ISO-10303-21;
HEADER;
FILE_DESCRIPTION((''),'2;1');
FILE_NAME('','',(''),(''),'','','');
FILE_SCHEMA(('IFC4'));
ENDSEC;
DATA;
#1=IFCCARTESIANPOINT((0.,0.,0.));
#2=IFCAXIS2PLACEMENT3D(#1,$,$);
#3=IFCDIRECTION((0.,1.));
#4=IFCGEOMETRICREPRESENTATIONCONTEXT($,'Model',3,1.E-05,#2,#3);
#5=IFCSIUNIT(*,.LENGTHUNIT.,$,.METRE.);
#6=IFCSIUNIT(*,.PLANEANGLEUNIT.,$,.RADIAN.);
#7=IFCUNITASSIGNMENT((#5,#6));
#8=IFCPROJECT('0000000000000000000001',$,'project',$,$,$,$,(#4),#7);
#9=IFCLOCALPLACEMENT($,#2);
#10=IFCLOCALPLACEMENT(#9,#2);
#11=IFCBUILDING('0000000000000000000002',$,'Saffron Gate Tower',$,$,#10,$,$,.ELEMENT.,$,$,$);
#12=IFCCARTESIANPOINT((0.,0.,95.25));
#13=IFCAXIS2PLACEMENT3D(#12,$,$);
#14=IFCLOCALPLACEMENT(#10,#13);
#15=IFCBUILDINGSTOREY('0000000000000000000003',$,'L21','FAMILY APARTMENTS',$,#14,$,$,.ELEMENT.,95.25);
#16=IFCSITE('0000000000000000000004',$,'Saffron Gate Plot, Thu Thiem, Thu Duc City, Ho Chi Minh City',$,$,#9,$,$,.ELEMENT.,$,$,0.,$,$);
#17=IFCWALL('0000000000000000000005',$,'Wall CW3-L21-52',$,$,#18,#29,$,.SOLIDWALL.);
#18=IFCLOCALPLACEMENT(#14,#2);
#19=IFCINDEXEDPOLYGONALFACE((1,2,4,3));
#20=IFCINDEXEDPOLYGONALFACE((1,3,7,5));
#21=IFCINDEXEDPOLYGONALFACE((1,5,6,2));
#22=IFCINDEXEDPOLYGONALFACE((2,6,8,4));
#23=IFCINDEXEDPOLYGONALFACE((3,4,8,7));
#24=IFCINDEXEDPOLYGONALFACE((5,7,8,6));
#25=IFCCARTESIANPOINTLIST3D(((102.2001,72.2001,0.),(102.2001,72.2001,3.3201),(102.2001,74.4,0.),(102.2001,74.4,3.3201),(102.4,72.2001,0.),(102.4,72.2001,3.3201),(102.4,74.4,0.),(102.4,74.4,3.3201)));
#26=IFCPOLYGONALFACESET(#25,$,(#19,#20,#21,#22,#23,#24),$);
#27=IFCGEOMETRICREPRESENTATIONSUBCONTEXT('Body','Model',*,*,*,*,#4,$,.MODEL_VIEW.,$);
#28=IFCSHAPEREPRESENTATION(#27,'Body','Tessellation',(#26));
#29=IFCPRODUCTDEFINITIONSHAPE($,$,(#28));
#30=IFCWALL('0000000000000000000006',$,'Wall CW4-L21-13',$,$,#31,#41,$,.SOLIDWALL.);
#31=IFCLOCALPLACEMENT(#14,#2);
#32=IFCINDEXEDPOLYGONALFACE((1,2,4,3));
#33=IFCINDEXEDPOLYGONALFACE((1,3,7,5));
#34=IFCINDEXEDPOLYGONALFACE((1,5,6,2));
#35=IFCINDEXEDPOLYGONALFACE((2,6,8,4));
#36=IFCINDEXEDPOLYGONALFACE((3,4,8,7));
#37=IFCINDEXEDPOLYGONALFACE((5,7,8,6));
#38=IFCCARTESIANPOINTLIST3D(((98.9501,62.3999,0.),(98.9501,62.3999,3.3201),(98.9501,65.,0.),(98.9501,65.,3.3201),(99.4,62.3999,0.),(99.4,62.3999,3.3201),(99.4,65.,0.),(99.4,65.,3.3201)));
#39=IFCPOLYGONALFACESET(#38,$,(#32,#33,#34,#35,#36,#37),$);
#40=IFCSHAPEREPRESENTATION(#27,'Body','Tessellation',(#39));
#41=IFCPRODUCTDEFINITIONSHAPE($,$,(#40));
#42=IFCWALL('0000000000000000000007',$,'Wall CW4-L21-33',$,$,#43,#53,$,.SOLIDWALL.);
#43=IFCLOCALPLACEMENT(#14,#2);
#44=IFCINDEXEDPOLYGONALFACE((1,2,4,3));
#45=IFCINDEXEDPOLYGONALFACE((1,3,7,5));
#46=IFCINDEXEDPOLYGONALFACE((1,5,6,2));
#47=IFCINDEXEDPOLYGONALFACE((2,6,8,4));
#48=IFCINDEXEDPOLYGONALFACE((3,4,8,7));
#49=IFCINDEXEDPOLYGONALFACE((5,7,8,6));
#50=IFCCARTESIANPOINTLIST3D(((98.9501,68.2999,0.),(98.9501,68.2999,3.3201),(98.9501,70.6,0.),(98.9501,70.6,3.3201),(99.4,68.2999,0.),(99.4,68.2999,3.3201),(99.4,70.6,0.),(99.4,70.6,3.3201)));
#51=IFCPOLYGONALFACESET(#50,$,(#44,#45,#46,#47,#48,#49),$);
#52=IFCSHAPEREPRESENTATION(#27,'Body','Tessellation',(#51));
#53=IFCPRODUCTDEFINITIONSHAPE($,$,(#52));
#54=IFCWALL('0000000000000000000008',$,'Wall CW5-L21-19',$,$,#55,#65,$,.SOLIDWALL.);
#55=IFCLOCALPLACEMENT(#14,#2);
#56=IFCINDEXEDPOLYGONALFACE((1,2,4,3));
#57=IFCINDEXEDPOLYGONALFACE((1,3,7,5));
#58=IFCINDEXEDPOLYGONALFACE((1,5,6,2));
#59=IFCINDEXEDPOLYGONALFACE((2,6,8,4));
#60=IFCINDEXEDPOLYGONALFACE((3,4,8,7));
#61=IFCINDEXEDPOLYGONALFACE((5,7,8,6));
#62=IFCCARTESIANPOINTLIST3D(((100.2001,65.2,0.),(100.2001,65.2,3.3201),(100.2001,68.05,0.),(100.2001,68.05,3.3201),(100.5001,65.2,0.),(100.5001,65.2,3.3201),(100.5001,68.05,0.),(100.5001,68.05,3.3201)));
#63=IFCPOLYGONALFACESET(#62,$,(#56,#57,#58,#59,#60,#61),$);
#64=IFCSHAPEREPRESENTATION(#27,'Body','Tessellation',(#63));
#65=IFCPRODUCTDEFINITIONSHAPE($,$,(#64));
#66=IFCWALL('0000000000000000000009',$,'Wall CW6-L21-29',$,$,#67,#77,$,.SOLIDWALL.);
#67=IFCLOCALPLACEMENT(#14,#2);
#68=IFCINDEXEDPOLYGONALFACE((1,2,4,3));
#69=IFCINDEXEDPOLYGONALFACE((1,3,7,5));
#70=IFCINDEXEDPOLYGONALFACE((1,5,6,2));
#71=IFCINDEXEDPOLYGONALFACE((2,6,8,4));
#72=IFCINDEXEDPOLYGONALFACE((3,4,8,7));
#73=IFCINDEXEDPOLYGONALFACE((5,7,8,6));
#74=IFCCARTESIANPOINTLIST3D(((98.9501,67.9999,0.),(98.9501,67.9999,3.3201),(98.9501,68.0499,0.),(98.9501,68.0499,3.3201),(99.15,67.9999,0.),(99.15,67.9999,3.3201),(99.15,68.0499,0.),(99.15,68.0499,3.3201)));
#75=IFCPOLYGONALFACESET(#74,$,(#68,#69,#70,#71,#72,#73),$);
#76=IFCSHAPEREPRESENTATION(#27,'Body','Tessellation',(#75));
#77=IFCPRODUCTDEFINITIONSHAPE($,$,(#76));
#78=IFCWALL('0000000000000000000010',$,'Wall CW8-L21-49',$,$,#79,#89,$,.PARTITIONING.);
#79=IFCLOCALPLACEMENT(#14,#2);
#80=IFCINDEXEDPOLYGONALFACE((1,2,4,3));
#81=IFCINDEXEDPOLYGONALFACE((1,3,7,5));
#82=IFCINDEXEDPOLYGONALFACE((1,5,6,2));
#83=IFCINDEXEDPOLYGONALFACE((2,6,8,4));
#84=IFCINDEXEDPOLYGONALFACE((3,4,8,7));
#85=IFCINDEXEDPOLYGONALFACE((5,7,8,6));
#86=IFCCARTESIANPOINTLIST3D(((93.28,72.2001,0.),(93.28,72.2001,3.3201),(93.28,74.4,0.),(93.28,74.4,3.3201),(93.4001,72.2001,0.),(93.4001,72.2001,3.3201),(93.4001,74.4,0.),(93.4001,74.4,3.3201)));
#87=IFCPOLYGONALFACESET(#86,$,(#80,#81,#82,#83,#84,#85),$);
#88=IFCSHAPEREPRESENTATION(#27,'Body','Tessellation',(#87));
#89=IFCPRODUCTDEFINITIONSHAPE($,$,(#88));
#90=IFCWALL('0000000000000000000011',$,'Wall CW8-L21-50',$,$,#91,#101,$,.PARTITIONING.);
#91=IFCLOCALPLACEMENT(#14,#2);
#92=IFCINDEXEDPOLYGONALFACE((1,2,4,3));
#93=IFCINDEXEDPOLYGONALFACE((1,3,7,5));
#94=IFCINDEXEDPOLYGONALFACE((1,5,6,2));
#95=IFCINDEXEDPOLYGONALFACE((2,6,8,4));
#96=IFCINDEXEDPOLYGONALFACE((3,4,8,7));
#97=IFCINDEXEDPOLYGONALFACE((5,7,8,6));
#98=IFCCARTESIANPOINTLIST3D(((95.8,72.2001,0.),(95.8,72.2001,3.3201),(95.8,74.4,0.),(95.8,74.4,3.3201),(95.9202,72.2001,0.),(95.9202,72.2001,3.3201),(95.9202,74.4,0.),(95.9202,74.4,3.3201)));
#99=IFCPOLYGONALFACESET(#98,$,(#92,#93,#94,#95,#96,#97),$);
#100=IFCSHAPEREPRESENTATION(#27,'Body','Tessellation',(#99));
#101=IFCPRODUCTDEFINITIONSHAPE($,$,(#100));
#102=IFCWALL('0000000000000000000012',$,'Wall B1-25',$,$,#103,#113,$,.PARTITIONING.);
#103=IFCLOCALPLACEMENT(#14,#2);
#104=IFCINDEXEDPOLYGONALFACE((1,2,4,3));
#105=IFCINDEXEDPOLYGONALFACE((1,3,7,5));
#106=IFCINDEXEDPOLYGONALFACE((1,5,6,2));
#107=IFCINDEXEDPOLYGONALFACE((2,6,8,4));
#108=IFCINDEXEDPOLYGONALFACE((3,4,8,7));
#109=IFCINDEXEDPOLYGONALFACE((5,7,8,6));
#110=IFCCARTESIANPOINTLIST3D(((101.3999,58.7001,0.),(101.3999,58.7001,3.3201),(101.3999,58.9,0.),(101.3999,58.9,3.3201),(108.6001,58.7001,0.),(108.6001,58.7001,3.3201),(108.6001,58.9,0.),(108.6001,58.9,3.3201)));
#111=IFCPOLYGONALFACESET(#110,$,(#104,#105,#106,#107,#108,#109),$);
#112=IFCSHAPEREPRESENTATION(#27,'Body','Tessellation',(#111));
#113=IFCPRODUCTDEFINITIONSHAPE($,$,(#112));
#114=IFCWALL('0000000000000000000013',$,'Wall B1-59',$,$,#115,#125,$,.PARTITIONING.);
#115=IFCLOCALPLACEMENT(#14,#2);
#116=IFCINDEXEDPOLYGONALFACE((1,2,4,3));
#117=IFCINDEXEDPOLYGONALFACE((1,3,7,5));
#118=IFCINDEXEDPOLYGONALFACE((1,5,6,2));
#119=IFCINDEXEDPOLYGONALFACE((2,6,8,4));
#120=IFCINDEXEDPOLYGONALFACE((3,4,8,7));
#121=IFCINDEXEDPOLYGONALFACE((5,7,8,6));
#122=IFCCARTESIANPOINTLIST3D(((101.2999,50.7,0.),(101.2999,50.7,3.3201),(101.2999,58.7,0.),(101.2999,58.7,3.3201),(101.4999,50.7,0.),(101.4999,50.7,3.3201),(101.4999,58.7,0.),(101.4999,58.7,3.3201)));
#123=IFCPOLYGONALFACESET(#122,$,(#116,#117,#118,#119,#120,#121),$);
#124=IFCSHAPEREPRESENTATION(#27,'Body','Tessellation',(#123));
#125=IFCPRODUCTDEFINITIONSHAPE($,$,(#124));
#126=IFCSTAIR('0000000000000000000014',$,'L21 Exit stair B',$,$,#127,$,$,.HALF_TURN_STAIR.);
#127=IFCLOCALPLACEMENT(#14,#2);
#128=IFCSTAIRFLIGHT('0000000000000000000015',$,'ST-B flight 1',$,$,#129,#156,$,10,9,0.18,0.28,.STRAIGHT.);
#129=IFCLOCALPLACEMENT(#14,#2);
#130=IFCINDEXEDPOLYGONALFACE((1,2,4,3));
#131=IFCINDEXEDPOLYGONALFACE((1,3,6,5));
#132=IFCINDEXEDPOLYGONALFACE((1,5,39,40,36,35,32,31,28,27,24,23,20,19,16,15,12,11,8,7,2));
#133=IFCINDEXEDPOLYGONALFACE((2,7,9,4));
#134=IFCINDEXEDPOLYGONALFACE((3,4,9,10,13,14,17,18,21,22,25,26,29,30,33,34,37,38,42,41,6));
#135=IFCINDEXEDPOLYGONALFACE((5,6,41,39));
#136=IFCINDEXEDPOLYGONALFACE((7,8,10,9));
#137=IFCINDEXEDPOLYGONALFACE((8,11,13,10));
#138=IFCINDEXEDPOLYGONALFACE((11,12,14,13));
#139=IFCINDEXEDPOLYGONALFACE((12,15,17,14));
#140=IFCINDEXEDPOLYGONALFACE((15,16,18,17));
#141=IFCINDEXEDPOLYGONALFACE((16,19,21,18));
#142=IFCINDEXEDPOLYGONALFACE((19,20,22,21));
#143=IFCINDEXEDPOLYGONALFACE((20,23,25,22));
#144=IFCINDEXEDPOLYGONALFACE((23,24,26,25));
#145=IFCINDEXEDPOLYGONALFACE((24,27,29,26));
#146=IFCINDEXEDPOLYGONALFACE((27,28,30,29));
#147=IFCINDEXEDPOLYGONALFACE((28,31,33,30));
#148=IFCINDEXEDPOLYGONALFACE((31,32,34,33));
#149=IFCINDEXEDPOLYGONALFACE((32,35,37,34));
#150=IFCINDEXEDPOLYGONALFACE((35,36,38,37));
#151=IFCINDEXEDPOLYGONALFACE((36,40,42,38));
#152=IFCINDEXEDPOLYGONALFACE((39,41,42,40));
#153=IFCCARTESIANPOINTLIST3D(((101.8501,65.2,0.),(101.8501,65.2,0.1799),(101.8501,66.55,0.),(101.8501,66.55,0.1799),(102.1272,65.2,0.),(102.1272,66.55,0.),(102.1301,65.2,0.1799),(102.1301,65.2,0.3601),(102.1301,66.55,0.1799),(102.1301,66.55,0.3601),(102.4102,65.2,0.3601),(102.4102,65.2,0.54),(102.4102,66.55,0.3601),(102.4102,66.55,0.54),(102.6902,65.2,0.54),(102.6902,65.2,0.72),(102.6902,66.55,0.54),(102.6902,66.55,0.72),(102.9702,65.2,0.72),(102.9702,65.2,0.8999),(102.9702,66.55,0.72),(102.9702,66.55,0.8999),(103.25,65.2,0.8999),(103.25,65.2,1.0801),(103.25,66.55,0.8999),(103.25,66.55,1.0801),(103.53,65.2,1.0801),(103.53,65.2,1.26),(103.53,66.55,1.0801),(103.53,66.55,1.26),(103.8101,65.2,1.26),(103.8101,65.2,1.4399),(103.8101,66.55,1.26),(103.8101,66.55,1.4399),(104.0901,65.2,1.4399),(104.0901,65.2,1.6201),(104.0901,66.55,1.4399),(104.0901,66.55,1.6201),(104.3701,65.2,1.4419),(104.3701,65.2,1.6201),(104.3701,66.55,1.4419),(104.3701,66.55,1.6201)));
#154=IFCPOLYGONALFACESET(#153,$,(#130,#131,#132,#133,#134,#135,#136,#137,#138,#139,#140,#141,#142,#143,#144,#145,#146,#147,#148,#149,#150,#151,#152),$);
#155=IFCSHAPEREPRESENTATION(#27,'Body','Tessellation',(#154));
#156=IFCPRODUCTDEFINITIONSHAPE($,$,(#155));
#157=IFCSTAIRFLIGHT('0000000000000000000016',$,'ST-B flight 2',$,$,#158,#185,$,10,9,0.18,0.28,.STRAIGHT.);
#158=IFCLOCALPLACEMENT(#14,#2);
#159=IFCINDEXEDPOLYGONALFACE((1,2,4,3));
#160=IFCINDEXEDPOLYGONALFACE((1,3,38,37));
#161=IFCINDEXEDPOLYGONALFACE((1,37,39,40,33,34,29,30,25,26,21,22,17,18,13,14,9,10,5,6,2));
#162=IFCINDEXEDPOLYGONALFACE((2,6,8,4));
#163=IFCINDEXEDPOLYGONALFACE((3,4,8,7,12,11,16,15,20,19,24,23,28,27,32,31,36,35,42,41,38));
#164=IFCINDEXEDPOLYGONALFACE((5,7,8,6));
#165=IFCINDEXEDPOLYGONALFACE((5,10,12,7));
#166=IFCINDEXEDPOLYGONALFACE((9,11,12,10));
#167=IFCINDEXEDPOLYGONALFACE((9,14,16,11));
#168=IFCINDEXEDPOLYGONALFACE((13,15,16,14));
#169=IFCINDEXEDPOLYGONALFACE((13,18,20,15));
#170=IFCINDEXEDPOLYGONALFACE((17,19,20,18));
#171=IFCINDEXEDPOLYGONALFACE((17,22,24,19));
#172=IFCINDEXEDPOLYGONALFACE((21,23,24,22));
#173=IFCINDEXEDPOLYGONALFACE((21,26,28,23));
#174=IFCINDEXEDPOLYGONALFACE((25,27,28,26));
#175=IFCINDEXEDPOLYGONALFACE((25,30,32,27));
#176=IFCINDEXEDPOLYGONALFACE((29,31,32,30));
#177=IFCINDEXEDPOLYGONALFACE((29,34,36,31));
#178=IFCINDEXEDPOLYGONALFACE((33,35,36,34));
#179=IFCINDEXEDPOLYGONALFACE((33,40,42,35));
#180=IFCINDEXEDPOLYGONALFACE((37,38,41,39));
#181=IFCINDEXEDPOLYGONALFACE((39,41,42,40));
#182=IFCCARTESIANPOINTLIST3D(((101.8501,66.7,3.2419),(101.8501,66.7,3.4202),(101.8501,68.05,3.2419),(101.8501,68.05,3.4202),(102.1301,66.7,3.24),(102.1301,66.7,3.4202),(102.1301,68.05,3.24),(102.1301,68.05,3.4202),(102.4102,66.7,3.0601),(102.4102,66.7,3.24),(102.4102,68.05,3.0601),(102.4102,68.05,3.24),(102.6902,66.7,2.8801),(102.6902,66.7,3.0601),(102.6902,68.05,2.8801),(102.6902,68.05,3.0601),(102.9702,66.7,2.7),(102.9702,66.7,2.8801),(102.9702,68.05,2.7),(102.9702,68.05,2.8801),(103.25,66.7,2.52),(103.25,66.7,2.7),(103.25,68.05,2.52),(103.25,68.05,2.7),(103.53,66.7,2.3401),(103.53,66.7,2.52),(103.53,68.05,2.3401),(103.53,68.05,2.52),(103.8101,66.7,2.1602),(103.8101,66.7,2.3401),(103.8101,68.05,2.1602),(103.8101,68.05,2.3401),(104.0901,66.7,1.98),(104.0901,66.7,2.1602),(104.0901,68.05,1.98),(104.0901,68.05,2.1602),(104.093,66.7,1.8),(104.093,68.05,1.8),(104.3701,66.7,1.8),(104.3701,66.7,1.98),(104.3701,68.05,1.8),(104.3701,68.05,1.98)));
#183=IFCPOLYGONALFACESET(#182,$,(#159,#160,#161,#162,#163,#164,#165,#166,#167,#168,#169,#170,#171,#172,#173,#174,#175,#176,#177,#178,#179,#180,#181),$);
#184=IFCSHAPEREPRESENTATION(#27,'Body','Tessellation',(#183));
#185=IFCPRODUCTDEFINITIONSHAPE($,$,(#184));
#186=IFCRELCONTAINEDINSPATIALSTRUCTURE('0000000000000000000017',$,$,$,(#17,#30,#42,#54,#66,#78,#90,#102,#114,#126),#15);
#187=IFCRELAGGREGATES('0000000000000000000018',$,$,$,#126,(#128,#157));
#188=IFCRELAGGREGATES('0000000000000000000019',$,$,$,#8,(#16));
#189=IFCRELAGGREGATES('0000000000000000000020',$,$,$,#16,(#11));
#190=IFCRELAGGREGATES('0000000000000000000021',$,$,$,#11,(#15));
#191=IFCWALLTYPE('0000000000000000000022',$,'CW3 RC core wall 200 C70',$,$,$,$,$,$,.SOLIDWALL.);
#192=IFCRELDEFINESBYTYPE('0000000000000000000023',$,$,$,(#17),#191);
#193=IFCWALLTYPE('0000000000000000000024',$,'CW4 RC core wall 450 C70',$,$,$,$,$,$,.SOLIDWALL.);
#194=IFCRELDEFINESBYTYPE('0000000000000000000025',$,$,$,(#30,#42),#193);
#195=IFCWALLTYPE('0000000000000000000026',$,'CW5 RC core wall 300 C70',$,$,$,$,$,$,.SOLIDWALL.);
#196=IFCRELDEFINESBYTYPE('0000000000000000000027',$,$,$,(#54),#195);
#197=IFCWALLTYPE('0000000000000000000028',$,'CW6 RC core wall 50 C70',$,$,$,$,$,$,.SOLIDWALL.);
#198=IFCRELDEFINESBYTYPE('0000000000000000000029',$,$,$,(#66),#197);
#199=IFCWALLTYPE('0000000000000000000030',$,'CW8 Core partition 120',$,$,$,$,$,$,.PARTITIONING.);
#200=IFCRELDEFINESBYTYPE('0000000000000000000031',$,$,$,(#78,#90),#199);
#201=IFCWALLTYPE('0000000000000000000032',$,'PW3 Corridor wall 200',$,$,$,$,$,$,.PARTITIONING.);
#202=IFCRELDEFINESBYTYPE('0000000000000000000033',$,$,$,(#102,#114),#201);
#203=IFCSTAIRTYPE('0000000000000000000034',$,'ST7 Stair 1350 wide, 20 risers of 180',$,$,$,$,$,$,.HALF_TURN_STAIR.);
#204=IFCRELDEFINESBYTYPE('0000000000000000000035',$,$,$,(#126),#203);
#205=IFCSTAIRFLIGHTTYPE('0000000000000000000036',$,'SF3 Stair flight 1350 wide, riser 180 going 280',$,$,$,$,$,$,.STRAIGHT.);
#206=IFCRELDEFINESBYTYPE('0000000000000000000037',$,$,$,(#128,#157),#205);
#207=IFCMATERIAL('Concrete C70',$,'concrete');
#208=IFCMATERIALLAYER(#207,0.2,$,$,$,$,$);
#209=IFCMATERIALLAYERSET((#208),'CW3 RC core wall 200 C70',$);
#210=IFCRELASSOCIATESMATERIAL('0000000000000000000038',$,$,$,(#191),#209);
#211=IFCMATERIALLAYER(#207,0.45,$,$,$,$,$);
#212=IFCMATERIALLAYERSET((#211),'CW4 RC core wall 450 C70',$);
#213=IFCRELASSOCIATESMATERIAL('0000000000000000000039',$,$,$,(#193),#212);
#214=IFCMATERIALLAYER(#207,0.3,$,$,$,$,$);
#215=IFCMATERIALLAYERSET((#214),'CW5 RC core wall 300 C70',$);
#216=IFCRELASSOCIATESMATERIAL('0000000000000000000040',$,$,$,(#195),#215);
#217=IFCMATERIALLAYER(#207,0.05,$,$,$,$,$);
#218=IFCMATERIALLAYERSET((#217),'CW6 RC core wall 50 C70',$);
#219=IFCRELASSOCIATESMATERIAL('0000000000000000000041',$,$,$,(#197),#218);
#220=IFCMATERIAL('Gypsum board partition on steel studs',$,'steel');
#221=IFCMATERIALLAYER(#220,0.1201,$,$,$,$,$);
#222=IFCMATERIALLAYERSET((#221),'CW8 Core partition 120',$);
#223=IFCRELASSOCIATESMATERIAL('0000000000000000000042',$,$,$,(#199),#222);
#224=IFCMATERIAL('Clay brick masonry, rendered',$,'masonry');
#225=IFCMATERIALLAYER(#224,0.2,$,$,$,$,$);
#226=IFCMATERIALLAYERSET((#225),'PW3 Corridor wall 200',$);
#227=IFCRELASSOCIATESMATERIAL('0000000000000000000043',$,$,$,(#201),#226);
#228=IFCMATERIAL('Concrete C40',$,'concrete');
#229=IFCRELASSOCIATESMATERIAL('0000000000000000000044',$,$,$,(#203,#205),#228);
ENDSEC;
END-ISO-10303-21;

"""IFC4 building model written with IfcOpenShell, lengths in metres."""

from ifc_helpers import new_model, si_unit, direction, frame, frame_2d, origin, place, context, subcontext, project, spatial, polyline, rectangle, outline, extrude, material, layer, layer_set, type_object, element, aggregate, save


model = new_model("IFC4")

# Units and contexts
model_context = context("Model", 3, precision=1e-05, world=origin(), true_north=direction((0.0, 1.0)))
body_context = subcontext(model_context, "Body", "Model", "MODEL_VIEW")
ifc_project = project(units=[si_unit("LENGTHUNIT", "METRE"), si_unit("PLANEANGLEUNIT", "RADIAN")], contexts=[model_context])

# Site, building, storey
site_placement = place(None, origin())
site = spatial("IfcSite", under=ifc_project, at=site_placement, Name="Saffron Gate Plot, Thu Thiem, Thu Duc City, Ho Chi Minh City", CompositionType="ELEMENT", RefElevation=0.0)
building_placement = place(site_placement, origin())
building = spatial("IfcBuilding", under=site, at=building_placement, Name="Saffron Gate Tower", CompositionType="ELEMENT")
storey_placement = place(building_placement, frame((0.0, 0.0, 95.25)))
storey = spatial("IfcBuildingStorey", under=building, at=storey_placement, Name="L21", Description="FAMILY APARTMENTS", CompositionType="ELEMENT", Elevation=95.25)

# Shared definitions
ifc_material_1 = material(Name="Concrete C70", Category="concrete")

# Walls
ifc_layer_1 = layer(ifc_material_1, 0.2)
ifc_layer_set_1 = layer_set([ifc_layer_1], Name="CW3 RC core wall 200 C70")
wall_type_1 = type_object("IfcWallType", Name="CW3 RC core wall 200 C70", PredefinedType="SOLIDWALL", material=ifc_layer_set_1)
for number, where, z_axis, x_axis, name in (
    (1, (102.3, 72.2, 0.0), (0.0, 0.0, 1.0), (0.0, 1.0, 0.0), "Wall CW3-L21-52"),
):
    element("IfcWall", number, at=place(storey_placement, frame(where, z_axis=z_axis, x_axis=x_axis)), inside=storey, type_object=wall_type_1, Name=name, PredefinedType="SOLIDWALL", context=body_context, shape_type="SweptSolid", body=[
        extrude(rectangle(XDim=2.2, YDim=0.2, at=frame_2d((1.1001, 0.0))), origin(), (0.0, 0.0, 1.0), 3.3201),
    ])
ifc_layer_2 = layer(ifc_material_1, 0.45)
ifc_layer_set_2 = layer_set([ifc_layer_2], Name="CW4 RC core wall 450 C70")
wall_type_2 = type_object("IfcWallType", Name="CW4 RC core wall 450 C70", PredefinedType="SOLIDWALL", material=ifc_layer_set_2)
wall_1_placement = place(storey_placement, frame((99.175, 62.3999, 0.0), z_axis=(0.0, 0.0, 1.0), x_axis=(0.0, 1.0, 0.0)))
element("IfcWall", 2, at=wall_1_placement, inside=storey, type_object=wall_type_2, Name="Wall CW4-L21-13", PredefinedType="SOLIDWALL", context=body_context, shape_type="SweptSolid", body=[
    extrude(rectangle(XDim=2.6001, YDim=0.45, at=frame_2d((1.3, 0.0))), origin(), (0.0, 0.0, 1.0), 3.3201),
])
wall_2_placement = place(storey_placement, frame((99.175, 68.3, 0.0), z_axis=(0.0, 0.0, 1.0), x_axis=(0.0, 1.0, 0.0)))
element("IfcWall", 3, at=wall_2_placement, inside=storey, type_object=wall_type_2, Name="Wall CW4-L21-33", PredefinedType="SOLIDWALL", context=body_context, shape_type="SweptSolid", body=[
    extrude(rectangle(XDim=2.3, YDim=0.45, at=frame_2d((1.1499, 0.0))), origin(), (0.0, 0.0, 1.0), 3.3201),
])
ifc_layer_3 = layer(ifc_material_1, 0.3)
ifc_layer_set_3 = layer_set([ifc_layer_3], Name="CW5 RC core wall 300 C70")
wall_type_3 = type_object("IfcWallType", Name="CW5 RC core wall 300 C70", PredefinedType="SOLIDWALL", material=ifc_layer_set_3)
wall_3_placement = place(storey_placement, frame((100.3501, 65.2, 0.0), z_axis=(0.0, 0.0, 1.0), x_axis=(0.0, 1.0, 0.0)))
element("IfcWall", 4, at=wall_3_placement, inside=storey, type_object=wall_type_3, Name="Wall CW5-L21-19", PredefinedType="SOLIDWALL", context=body_context, shape_type="SweptSolid", body=[
    extrude(rectangle(XDim=2.8501, YDim=0.3, at=frame_2d((1.425, 0.0))), origin(), (0.0, 0.0, 1.0), 3.3201),
])
ifc_layer_4 = layer(ifc_material_1, 0.05)
ifc_layer_set_4 = layer_set([ifc_layer_4], Name="CW6 RC core wall 50 C70")
wall_type_4 = type_object("IfcWallType", Name="CW6 RC core wall 50 C70", PredefinedType="SOLIDWALL", material=ifc_layer_set_4)
wall_4_placement = place(storey_placement, frame((98.95, 68.0249, 0.0), z_axis=(0.0, 0.0, 1.0), x_axis=(1.0, 0.0, 0.0)))
element("IfcWall", 5, at=wall_4_placement, inside=storey, type_object=wall_type_4, Name="Wall CW6-L21-29", PredefinedType="SOLIDWALL", context=body_context, shape_type="SweptSolid", body=[
    extrude(rectangle(XDim=0.2, YDim=0.05, at=frame_2d((0.1001, 0.0))), origin(), (0.0, 0.0, 1.0), 3.3201),
])
ifc_material_2 = material(Name="Gypsum board partition on steel studs", Category="steel")
ifc_layer_5 = layer(ifc_material_2, 0.1201)
ifc_layer_set_5 = layer_set([ifc_layer_5], Name="CW8 Core partition 120")
wall_type_5 = type_object("IfcWallType", Name="CW8 Core partition 120", PredefinedType="PARTITIONING", material=ifc_layer_set_5)
for number, where, z_axis, x_axis, name in (
    (6, (93.3401, 72.2, 0.0), (0.0, 0.0, 1.0), (0.0, 1.0, 0.0), "Wall CW8-L21-49"),
    (7, (95.8601, 72.2, 0.0), (0.0, 0.0, 1.0), (0.0, 1.0, 0.0), "Wall CW8-L21-50"),
):
    element("IfcWall", number, at=place(storey_placement, frame(where, z_axis=z_axis, x_axis=x_axis)), inside=storey, type_object=wall_type_5, Name=name, PredefinedType="PARTITIONING", context=body_context, shape_type="SweptSolid", body=[
        extrude(rectangle(XDim=2.2, YDim=0.1201, at=frame_2d((1.1001, 0.0))), origin(), (0.0, 0.0, 1.0), 3.3201),
    ])
ifc_material_3 = material(Name="Clay brick masonry, rendered", Category="masonry")
ifc_layer_6 = layer(ifc_material_3, 0.2)
ifc_layer_set_6 = layer_set([ifc_layer_6], Name="PW3 Corridor wall 200")
wall_type_6 = type_object("IfcWallType", Name="PW3 Corridor wall 200", PredefinedType="PARTITIONING", material=ifc_layer_set_6)
wall_5_placement = place(storey_placement, frame((101.3999, 58.8, 0.0), z_axis=(0.0, 0.0, 1.0), x_axis=(1.0, 0.0, 0.0)))
element("IfcWall", 8, at=wall_5_placement, inside=storey, type_object=wall_type_6, Name="Wall B1-25", PredefinedType="PARTITIONING", context=body_context, shape_type="SweptSolid", body=[
    extrude(rectangle(XDim=7.2002, YDim=0.2, at=frame_2d((3.6001, 0.0))), origin(), (0.0, 0.0, 1.0), 3.3201),
])
wall_6_placement = place(storey_placement, frame((101.3999, 58.7, 0.0), z_axis=(0.0, 0.0, 1.0), x_axis=(0.0, -1.0, 0.0)))
element("IfcWall", 9, at=wall_6_placement, inside=storey, type_object=wall_type_6, Name="Wall B1-59", PredefinedType="PARTITIONING", context=body_context, shape_type="SweptSolid", body=[
    extrude(rectangle(XDim=8.0, YDim=0.2, at=frame_2d((4.0, 0.0))), origin(), (0.0, 0.0, 1.0), 3.3201),
])

# Stair, stair flights
ifc_material_4 = material(Name="Concrete C40", Category="concrete")
stair_type = type_object("IfcStairType", Name="ST7 Stair 1350 wide, 20 risers of 180", PredefinedType="HALF_TURN_STAIR", material=ifc_material_4)
stair_placement = place(storey_placement, origin())
stair = element("IfcStair", 10, at=stair_placement, inside=storey, type_object=stair_type, Name="L21 Exit stair B", PredefinedType="HALF_TURN_STAIR")
stair_flight_type = type_object("IfcStairFlightType", Name="SF3 Stair flight 1350 wide, riser 180 going 280", PredefinedType="STRAIGHT", material=ifc_material_4)
stair_flight_1_placement = place(storey_placement, frame((101.8501, 65.875, 0.0), z_axis=(0.0, 0.0, 1.0), x_axis=(1.0, 0.0, 0.0)))
stair_flight_1 = element("IfcStairFlight", 11, at=stair_flight_1_placement, type_object=stair_flight_type, Name="ST-B flight 1", NumberOfRisers=10, NumberOfTreads=9, PredefinedType="STRAIGHT", RiserHeight=0.18, TreadLength=0.28, context=body_context, shape_type="SweptSolid", body=[
    extrude(outline(polyline([(0.0, 0.0), (0.0, 0.1799), (0.28, 0.1799), (0.28, 0.3601), (0.5601, 0.3601), (0.5601, 0.54), (0.8401, 0.54), (0.8401, 0.72), (1.1201, 0.72), (1.1201, 0.8999), (1.3999, 0.8999), (1.3999, 1.0801), (1.6799, 1.0801), (1.6799, 1.26), (1.96, 1.26), (1.96, 1.4399), (2.24, 1.4399), (2.24, 1.6201), (2.52, 1.6201), (2.52, 1.8), (2.52, 1.4419), (0.2771, 0.0), (0.0, 0.0)])), frame((0.0, 0.675, 0.0), z_axis=(0.0, -1.0, 0.0), x_axis=(1.0, 0.0, 0.0)), (0.0, 0.0, 1.0), 1.3501),
])
stair_flight_2_placement = place(storey_placement, frame((104.3701, 67.375, 1.8), z_axis=(0.0, 0.0, 1.0), x_axis=(-1.0, 0.0, 0.0)))
stair_flight_2 = element("IfcStairFlight", 12, at=stair_flight_2_placement, type_object=stair_flight_type, Name="ST-B flight 2", NumberOfRisers=10, NumberOfTreads=9, PredefinedType="STRAIGHT", RiserHeight=0.18, TreadLength=0.28, context=body_context, shape_type="SweptSolid", body=[
    extrude(outline(polyline([(0.0, 0.0), (0.0, 0.1799), (0.28, 0.1799), (0.28, 0.3601), (0.5601, 0.3601), (0.5601, 0.54), (0.8401, 0.54), (0.8401, 0.72), (1.1201, 0.72), (1.1201, 0.8999), (1.3999, 0.8999), (1.3999, 1.0801), (1.6799, 1.0801), (1.6799, 1.26), (1.96, 1.26), (1.96, 1.4399), (2.24, 1.4399), (2.24, 1.6201), (2.52, 1.6201), (2.52, 1.8), (2.52, 1.4419), (0.2771, 0.0), (0.0, 0.0)])), frame((0.0, 0.675, 0.0), z_axis=(0.0, -1.0, 0.0), x_axis=(1.0, 0.0, 0.0)), (0.0, 0.0, 1.0), 1.3501),
])
aggregate(stair, [stair_flight_1, stair_flight_2])

save(model, "model.ifc")
